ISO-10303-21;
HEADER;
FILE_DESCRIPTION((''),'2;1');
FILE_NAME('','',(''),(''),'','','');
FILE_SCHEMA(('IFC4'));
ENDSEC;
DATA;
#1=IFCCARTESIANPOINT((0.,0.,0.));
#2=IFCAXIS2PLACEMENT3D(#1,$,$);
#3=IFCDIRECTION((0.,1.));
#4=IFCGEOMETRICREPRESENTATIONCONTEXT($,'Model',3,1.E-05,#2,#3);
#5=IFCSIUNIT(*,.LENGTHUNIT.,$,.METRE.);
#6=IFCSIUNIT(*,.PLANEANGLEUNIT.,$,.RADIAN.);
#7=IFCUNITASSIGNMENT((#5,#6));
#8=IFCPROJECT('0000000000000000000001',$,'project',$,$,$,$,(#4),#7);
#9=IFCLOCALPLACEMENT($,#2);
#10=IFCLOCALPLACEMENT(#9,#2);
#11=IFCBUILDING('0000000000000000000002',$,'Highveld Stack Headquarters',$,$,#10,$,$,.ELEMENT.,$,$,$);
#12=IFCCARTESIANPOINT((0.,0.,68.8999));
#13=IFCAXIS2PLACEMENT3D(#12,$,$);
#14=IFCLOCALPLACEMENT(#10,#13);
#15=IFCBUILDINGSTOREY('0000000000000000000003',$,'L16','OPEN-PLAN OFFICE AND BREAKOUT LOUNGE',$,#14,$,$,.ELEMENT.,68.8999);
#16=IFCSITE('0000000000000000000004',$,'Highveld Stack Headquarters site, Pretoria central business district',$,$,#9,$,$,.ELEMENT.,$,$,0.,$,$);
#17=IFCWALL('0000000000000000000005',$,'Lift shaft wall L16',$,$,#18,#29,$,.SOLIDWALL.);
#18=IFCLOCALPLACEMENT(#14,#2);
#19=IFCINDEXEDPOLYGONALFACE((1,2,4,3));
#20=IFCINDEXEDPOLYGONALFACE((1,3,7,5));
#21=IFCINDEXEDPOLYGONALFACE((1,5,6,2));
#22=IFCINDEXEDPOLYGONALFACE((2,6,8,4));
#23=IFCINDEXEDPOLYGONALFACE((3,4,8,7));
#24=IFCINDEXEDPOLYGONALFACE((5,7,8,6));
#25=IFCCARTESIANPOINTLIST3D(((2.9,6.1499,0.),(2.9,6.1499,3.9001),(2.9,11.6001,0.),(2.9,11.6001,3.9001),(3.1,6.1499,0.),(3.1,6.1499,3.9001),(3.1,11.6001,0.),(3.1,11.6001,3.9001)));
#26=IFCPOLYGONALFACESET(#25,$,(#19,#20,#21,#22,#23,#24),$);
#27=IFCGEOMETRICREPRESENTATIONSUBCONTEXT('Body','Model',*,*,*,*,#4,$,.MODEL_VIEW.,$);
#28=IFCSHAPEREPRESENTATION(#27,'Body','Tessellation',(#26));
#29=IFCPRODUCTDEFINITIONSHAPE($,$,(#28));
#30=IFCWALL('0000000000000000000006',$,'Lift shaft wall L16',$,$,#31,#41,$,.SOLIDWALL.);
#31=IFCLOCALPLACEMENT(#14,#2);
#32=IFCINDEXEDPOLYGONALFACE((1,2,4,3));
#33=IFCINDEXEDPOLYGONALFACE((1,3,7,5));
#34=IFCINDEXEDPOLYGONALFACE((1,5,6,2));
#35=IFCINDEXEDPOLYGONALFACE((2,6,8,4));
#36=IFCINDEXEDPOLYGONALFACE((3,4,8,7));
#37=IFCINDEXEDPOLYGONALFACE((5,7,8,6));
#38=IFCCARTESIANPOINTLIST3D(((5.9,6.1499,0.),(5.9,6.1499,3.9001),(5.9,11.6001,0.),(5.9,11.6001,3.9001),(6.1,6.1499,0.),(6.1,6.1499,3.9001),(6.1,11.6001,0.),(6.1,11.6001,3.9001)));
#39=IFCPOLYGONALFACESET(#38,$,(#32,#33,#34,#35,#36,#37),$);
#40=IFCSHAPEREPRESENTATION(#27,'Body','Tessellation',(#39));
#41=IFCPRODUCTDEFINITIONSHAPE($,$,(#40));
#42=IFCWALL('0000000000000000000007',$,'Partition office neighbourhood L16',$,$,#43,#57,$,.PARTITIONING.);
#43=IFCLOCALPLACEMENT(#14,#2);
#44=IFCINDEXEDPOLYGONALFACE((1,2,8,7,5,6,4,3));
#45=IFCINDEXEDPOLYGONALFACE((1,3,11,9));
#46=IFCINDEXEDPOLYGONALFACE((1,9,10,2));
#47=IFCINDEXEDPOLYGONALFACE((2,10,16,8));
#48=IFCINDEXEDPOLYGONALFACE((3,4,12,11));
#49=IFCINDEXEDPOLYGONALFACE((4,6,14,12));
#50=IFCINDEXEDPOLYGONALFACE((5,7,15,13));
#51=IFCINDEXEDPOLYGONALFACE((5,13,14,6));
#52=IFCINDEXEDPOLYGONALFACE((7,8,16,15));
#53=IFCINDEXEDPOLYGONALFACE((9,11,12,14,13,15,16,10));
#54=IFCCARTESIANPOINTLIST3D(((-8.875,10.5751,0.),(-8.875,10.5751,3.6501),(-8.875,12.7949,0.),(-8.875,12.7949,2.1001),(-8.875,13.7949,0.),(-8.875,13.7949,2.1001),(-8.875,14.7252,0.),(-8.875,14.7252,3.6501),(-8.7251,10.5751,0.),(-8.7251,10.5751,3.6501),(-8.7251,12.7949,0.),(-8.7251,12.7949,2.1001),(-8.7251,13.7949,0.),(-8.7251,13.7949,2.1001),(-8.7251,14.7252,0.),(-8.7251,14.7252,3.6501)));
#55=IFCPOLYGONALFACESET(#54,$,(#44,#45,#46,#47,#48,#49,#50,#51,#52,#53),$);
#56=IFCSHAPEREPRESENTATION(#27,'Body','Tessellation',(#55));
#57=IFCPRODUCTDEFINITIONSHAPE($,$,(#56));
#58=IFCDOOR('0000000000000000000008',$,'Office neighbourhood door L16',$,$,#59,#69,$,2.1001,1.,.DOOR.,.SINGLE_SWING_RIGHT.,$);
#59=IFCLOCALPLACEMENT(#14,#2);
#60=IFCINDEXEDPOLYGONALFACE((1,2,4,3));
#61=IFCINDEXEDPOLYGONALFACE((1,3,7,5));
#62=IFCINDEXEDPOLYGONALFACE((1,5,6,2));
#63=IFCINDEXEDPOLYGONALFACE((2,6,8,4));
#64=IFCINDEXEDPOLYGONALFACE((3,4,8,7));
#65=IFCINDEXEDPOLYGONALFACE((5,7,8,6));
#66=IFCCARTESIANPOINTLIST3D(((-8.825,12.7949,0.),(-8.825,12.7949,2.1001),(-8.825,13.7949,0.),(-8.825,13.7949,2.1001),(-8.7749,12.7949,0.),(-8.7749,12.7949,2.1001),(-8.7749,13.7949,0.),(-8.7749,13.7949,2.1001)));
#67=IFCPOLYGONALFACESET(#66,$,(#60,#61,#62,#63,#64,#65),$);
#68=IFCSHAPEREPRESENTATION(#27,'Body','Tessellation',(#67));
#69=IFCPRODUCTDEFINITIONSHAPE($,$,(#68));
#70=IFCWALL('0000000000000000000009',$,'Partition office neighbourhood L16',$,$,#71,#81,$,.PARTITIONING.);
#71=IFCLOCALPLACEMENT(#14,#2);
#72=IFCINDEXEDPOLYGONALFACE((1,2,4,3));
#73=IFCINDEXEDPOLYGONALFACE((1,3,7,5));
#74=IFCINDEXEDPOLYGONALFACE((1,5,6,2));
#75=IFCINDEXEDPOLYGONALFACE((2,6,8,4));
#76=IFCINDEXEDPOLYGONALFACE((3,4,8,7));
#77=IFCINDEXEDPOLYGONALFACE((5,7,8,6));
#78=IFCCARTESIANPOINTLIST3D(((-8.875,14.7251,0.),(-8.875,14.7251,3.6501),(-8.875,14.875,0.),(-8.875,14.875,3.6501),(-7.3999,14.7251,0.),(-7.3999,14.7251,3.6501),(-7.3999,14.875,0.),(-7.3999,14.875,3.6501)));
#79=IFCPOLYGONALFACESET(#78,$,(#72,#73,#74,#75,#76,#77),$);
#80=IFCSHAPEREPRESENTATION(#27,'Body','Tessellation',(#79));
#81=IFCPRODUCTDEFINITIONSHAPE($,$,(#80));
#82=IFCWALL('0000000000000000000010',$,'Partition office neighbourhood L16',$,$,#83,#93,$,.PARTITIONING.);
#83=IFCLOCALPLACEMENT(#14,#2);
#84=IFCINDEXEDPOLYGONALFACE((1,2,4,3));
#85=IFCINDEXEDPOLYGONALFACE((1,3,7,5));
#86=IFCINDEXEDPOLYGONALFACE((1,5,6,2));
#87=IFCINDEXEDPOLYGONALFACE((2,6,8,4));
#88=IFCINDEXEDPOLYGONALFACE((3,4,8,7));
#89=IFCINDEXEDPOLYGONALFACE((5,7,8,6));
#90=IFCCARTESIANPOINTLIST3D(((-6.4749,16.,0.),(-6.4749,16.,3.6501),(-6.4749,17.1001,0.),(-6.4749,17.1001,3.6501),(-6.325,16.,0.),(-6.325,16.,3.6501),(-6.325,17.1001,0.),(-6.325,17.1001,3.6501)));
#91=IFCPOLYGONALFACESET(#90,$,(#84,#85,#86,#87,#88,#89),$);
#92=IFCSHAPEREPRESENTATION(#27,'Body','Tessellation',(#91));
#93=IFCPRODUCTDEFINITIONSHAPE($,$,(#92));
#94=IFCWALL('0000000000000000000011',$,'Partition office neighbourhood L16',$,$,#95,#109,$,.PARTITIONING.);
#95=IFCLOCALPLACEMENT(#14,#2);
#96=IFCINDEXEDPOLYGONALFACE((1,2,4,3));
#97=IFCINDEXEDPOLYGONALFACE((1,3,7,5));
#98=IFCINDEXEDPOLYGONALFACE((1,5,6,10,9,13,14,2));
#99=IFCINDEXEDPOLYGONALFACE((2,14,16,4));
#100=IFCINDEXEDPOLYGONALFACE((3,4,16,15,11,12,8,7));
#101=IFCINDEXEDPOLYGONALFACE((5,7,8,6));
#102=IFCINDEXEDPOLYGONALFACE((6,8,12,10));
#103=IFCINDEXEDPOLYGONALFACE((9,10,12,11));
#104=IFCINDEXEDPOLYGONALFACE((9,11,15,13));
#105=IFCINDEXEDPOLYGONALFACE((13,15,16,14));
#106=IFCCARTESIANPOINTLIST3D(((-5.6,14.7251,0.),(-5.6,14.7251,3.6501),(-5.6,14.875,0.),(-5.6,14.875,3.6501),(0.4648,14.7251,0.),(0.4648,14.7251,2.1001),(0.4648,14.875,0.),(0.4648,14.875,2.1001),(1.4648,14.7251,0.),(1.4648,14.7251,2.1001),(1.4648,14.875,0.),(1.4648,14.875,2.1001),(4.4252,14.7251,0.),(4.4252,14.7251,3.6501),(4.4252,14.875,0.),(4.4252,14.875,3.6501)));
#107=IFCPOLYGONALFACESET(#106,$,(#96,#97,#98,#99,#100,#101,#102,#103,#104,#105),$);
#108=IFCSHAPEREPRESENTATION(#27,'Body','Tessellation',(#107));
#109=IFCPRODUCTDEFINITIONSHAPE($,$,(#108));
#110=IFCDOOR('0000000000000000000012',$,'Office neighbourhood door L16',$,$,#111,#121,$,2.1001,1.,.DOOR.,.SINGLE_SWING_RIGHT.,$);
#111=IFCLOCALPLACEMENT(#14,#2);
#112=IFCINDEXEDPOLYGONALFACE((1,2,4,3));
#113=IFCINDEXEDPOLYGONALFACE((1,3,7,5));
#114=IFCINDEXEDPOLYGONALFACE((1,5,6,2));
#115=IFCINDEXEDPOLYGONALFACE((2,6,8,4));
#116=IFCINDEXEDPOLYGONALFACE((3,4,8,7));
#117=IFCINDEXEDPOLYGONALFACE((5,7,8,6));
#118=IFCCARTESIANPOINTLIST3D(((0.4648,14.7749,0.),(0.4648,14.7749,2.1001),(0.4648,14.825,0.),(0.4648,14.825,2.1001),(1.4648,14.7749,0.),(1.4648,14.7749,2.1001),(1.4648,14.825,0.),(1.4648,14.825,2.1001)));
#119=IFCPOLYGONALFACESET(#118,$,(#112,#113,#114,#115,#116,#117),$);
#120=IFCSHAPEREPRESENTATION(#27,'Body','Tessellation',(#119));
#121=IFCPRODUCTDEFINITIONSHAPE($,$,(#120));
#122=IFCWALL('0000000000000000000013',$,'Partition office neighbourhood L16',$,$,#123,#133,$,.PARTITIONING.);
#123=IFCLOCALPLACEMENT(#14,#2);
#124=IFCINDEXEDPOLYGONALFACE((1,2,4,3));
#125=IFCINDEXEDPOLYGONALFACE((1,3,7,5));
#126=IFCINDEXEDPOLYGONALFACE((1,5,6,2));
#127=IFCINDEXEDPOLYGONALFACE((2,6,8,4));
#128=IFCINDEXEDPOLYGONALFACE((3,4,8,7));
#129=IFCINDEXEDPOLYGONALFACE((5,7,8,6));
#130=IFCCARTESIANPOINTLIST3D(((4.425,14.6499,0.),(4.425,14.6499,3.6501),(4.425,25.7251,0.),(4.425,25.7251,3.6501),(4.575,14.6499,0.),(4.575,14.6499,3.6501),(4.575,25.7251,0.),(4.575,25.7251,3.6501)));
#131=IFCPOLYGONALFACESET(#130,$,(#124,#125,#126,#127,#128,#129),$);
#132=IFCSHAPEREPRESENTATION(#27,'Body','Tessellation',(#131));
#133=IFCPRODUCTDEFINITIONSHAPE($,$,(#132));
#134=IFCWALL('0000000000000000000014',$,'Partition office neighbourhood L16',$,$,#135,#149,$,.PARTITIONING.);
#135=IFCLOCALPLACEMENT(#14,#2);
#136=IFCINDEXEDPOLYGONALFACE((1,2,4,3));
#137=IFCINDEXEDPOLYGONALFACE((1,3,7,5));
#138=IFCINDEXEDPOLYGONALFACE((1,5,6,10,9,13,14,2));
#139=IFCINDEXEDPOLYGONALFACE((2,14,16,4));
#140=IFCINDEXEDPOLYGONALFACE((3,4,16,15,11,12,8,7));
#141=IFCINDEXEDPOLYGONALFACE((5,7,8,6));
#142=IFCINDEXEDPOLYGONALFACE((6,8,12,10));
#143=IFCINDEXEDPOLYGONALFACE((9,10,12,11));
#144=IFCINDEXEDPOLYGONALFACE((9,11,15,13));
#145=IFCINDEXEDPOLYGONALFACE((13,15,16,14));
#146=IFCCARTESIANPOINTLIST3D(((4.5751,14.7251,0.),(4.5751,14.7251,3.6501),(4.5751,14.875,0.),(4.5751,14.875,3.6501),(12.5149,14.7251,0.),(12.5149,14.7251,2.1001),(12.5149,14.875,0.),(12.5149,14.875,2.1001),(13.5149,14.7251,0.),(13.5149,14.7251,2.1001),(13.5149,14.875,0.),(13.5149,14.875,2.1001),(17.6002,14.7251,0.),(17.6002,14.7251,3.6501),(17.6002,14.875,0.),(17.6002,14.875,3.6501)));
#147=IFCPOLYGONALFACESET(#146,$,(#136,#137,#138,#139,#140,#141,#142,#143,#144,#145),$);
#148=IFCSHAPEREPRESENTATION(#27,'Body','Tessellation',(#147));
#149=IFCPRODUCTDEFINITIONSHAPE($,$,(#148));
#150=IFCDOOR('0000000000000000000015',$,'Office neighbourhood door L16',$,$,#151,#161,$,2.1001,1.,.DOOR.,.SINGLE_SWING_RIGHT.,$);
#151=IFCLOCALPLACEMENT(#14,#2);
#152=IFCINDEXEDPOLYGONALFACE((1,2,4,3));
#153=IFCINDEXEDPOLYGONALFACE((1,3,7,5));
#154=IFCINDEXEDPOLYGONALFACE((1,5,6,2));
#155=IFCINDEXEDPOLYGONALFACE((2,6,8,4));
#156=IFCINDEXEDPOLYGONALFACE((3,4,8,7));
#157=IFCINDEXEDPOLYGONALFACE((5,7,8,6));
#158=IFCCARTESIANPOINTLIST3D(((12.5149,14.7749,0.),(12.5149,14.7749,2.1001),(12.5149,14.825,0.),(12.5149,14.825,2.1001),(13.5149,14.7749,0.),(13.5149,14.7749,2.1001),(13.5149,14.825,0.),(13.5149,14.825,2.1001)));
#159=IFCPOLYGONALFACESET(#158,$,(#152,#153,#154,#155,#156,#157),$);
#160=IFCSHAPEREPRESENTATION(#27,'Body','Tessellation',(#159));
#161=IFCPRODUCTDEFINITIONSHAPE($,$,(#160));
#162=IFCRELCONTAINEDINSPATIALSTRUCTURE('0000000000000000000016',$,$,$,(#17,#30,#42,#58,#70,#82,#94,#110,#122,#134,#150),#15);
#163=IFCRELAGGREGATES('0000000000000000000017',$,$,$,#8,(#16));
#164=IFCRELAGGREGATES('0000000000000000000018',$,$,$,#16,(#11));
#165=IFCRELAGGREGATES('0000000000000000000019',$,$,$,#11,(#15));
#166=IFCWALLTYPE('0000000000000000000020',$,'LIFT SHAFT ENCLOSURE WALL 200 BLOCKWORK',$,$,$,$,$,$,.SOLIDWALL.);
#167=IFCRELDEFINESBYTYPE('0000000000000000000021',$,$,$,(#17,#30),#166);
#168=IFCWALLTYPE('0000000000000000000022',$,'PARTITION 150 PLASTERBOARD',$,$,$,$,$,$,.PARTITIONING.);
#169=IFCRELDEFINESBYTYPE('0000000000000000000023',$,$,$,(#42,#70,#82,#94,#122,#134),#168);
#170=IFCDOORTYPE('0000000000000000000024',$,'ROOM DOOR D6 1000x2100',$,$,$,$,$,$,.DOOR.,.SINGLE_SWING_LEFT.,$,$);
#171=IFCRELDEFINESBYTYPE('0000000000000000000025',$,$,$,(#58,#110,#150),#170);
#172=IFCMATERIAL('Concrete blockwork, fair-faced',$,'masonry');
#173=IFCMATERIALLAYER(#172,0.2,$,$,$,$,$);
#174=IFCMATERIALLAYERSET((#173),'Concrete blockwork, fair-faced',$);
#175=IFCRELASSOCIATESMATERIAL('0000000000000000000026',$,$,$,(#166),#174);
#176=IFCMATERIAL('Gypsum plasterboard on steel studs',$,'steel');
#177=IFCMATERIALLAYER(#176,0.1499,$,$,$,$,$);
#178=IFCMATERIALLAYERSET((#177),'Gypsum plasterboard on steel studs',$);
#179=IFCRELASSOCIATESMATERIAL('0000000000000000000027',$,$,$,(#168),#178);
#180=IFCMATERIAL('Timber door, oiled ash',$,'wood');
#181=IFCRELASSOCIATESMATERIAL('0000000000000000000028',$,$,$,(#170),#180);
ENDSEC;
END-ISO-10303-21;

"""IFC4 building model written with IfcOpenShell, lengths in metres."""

from ifc_helpers import new_model, si_unit, direction, frame, frame_2d, origin, place, context, subcontext, project, spatial, rectangle, extrude, material, layer, layer_set, type_object, element, fill, save


model = new_model("IFC4")

# Units and contexts
model_context = context("Model", 3, precision=1e-05, world=origin(), true_north=direction((0.0, 1.0)))
body_context = subcontext(model_context, "Body", "Model", "MODEL_VIEW")
ifc_project = project(units=[si_unit("LENGTHUNIT", "METRE"), si_unit("PLANEANGLEUNIT", "RADIAN")], contexts=[model_context])

# Site, building, storey
site_placement = place(None, origin())
site = spatial("IfcSite", under=ifc_project, at=site_placement, Name="Highveld Stack Headquarters site, Pretoria central business district", CompositionType="ELEMENT", RefElevation=0.0)
building_placement = place(site_placement, origin())
building = spatial("IfcBuilding", under=site, at=building_placement, Name="Highveld Stack Headquarters", CompositionType="ELEMENT")
storey_placement = place(building_placement, frame((0.0, 0.0, 68.8999)))
storey = spatial("IfcBuildingStorey", under=building, at=storey_placement, Name="L16", Description="OPEN-PLAN OFFICE AND BREAKOUT LOUNGE", CompositionType="ELEMENT", Elevation=68.8999)

# Walls
ifc_material_1 = material(Name="Concrete blockwork, fair-faced", Category="masonry")
ifc_layer_1 = layer(ifc_material_1, 0.2)
ifc_layer_set_1 = layer_set([ifc_layer_1], Name="Concrete blockwork, fair-faced")
wall_type_1 = type_object("IfcWallType", Name="LIFT SHAFT ENCLOSURE WALL 200 BLOCKWORK", PredefinedType="SOLIDWALL", material=ifc_layer_set_1)
for number, where, z_axis, x_axis, name in (
    (1, (3.0, 6.1499, 0.0), (0.0, 0.0, 1.0), (0.0, 1.0, 0.0), "Lift shaft wall L16"),
    (2, (6.0, 6.1499, 0.0), (0.0, 0.0, 1.0), (0.0, 1.0, 0.0), "Lift shaft wall L16"),
):
    element("IfcWall", number, at=place(storey_placement, frame(where, z_axis=z_axis, x_axis=x_axis)), inside=storey, type_object=wall_type_1, Name=name, PredefinedType="SOLIDWALL", context=body_context, shape_type="SweptSolid", body=[
        extrude(rectangle(XDim=5.4502, YDim=0.2, at=frame_2d((2.7251, 0.0))), origin(), (0.0, 0.0, 1.0), 3.9001),
    ])

# Wall, opening, door
ifc_material_2 = material(Name="Gypsum plasterboard on steel studs", Category="steel")
ifc_layer_2 = layer(ifc_material_2, 0.1499)
ifc_layer_set_2 = layer_set([ifc_layer_2], Name="Gypsum plasterboard on steel studs")
wall_type_2 = type_object("IfcWallType", Name="PARTITION 150 PLASTERBOARD", PredefinedType="PARTITIONING", material=ifc_layer_set_2)
wall_1_placement = place(storey_placement, frame((-8.8, 10.575, 0.0), z_axis=(0.0, 0.0, 1.0), x_axis=(0.0, 1.0, 0.0)))
wall_1 = element("IfcWall", 3, at=wall_1_placement, inside=storey, type_object=wall_type_2, Name="Partition office neighbourhood L16", PredefinedType="PARTITIONING", context=body_context, shape_type="SweptSolid", body=[
    extrude(rectangle(XDim=4.1501, YDim=0.1499, at=frame_2d((2.0752, 0.0))), origin(), (0.0, 0.0, 1.0), 3.6501),
])
opening_1_placement = place(wall_1_placement, frame((2.22, 0.0, 0.0)))
opening_1 = element("IfcOpeningElement", 4, at=opening_1_placement, cuts=wall_1, PredefinedType="OPENING", context=body_context, shape_type="SweptSolid", body=[
    extrude(rectangle(XDim=1.0, YDim=2.1001, at=frame_2d((0.5, 1.05))), frame((0.0, 0.085, 0.0), z_axis=(0.0, -1.0, 0.0), x_axis=(1.0, 0.0, 0.0)), (0.0, 0.0, 1.0), 0.1699),
])
ifc_material_3 = material(Name="Timber door, oiled ash", Category="wood")
door_type_1 = type_object("IfcDoorType", Name="ROOM DOOR D6 1000x2100", OperationType="SINGLE_SWING_LEFT", PredefinedType="DOOR", material=ifc_material_3)
door_1_placement = place(opening_1_placement, origin())
door_1 = element("IfcDoor", 5, at=door_1_placement, inside=storey, type_object=door_type_1, Name="Office neighbourhood door L16", OperationType="SINGLE_SWING_RIGHT", OverallHeight=2.1001, OverallWidth=1.0, PredefinedType="DOOR", context=body_context, shape_type="SweptSolid", body=[
    extrude(rectangle(XDim=1.0, YDim=2.1001, at=frame_2d((0.5, 1.05))), frame((0.0, 0.0249, 0.0), z_axis=(0.0, -1.0, 0.0), x_axis=(1.0, 0.0, 0.0)), (0.0, 0.0, 1.0), 0.05),
])
fill(opening_1, door_1)

# Walls
wall_2_placement = place(storey_placement, frame((-8.875, 14.8, 0.0), z_axis=(0.0, 0.0, 1.0), x_axis=(1.0, 0.0, 0.0)))
element("IfcWall", 6, at=wall_2_placement, inside=storey, type_object=wall_type_2, Name="Partition office neighbourhood L16", PredefinedType="PARTITIONING", context=body_context, shape_type="SweptSolid", body=[
    extrude(rectangle(XDim=1.4751, YDim=0.1499, at=frame_2d((0.7375, 0.0))), origin(), (0.0, 0.0, 1.0), 3.6501),
])
wall_3_placement = place(storey_placement, frame((-6.3999, 16.0, 0.0), z_axis=(0.0, 0.0, 1.0), x_axis=(0.0, 1.0, 0.0)))
element("IfcWall", 7, at=wall_3_placement, inside=storey, type_object=wall_type_2, Name="Partition office neighbourhood L16", PredefinedType="PARTITIONING", context=body_context, shape_type="SweptSolid", body=[
    extrude(rectangle(XDim=1.1001, YDim=0.1499, at=frame_2d((0.55, 0.0))), origin(), (0.0, 0.0, 1.0), 3.6501),
])

# Wall, opening, door
wall_4_placement = place(storey_placement, frame((-5.6001, 14.8, 0.0), z_axis=(0.0, 0.0, 1.0), x_axis=(1.0, 0.0, 0.0)))
wall_4 = element("IfcWall", 8, at=wall_4_placement, inside=storey, type_object=wall_type_2, Name="Partition office neighbourhood L16", PredefinedType="PARTITIONING", context=body_context, shape_type="SweptSolid", body=[
    extrude(rectangle(XDim=10.0251, YDim=0.1499, at=frame_2d((5.0127, 0.0))), origin(), (0.0, 0.0, 1.0), 3.6501),
])
opening_2_placement = place(wall_4_placement, frame((6.0649, 0.0, 0.0)))
opening_2 = element("IfcOpeningElement", 9, at=opening_2_placement, cuts=wall_4, PredefinedType="OPENING", context=body_context, shape_type="SweptSolid", body=[
    extrude(rectangle(XDim=1.0, YDim=2.1001, at=frame_2d((0.5, 1.05))), frame((0.0, 0.085, 0.0), z_axis=(0.0, -1.0, 0.0), x_axis=(1.0, 0.0, 0.0)), (0.0, 0.0, 1.0), 0.1699),
])
door_2_placement = place(opening_2_placement, origin())
door_2 = element("IfcDoor", 10, at=door_2_placement, inside=storey, type_object=door_type_1, Name="Office neighbourhood door L16", OperationType="SINGLE_SWING_RIGHT", OverallHeight=2.1001, OverallWidth=1.0, PredefinedType="DOOR", context=body_context, shape_type="SweptSolid", body=[
    extrude(rectangle(XDim=1.0, YDim=2.1001, at=frame_2d((0.5, 1.05))), frame((0.0, 0.0249, 0.0), z_axis=(0.0, -1.0, 0.0), x_axis=(1.0, 0.0, 0.0)), (0.0, 0.0, 1.0), 0.05),
])
fill(opening_2, door_2)

# Wall
wall_5_placement = place(storey_placement, frame((4.5, 14.6499, 0.0), z_axis=(0.0, 0.0, 1.0), x_axis=(0.0, 1.0, 0.0)))
element("IfcWall", 11, at=wall_5_placement, inside=storey, type_object=wall_type_2, Name="Partition office neighbourhood L16", PredefinedType="PARTITIONING", context=body_context, shape_type="SweptSolid", body=[
    extrude(rectangle(XDim=11.0752, YDim=0.1499, at=frame_2d((5.5376, 0.0))), origin(), (0.0, 0.0, 1.0), 3.6501),
])

# Wall, opening, door
wall_6_placement = place(storey_placement, frame((4.575, 14.8, 0.0), z_axis=(0.0, 0.0, 1.0), x_axis=(1.0, 0.0, 0.0)))
wall_6 = element("IfcWall", 12, at=wall_6_placement, inside=storey, type_object=wall_type_2, Name="Partition office neighbourhood L16", PredefinedType="PARTITIONING", context=body_context, shape_type="SweptSolid", body=[
    extrude(rectangle(XDim=13.0251, YDim=0.1499, at=frame_2d((6.5127, 0.0))), origin(), (0.0, 0.0, 1.0), 3.6501),
])
opening_3_placement = place(wall_6_placement, frame((7.9399, 0.0, 0.0)))
opening_3 = element("IfcOpeningElement", 13, at=opening_3_placement, cuts=wall_6, PredefinedType="OPENING", context=body_context, shape_type="SweptSolid", body=[
    extrude(rectangle(XDim=1.0, YDim=2.1001, at=frame_2d((0.5, 1.05))), frame((0.0, 0.085, 0.0), z_axis=(0.0, -1.0, 0.0), x_axis=(1.0, 0.0, 0.0)), (0.0, 0.0, 1.0), 0.1699),
])
door_3_placement = place(opening_3_placement, origin())
door_3 = element("IfcDoor", 14, at=door_3_placement, inside=storey, type_object=door_type_1, Name="Office neighbourhood door L16", OperationType="SINGLE_SWING_RIGHT", OverallHeight=2.1001, OverallWidth=1.0, PredefinedType="DOOR", context=body_context, shape_type="SweptSolid", body=[
    extrude(rectangle(XDim=1.0, YDim=2.1001, at=frame_2d((0.5, 1.05))), frame((0.0, 0.0249, 0.0), z_axis=(0.0, -1.0, 0.0), x_axis=(1.0, 0.0, 0.0)), (0.0, 0.0, 1.0), 0.05),
])
fill(opening_3, door_3)

save(model, "model.ifc")
